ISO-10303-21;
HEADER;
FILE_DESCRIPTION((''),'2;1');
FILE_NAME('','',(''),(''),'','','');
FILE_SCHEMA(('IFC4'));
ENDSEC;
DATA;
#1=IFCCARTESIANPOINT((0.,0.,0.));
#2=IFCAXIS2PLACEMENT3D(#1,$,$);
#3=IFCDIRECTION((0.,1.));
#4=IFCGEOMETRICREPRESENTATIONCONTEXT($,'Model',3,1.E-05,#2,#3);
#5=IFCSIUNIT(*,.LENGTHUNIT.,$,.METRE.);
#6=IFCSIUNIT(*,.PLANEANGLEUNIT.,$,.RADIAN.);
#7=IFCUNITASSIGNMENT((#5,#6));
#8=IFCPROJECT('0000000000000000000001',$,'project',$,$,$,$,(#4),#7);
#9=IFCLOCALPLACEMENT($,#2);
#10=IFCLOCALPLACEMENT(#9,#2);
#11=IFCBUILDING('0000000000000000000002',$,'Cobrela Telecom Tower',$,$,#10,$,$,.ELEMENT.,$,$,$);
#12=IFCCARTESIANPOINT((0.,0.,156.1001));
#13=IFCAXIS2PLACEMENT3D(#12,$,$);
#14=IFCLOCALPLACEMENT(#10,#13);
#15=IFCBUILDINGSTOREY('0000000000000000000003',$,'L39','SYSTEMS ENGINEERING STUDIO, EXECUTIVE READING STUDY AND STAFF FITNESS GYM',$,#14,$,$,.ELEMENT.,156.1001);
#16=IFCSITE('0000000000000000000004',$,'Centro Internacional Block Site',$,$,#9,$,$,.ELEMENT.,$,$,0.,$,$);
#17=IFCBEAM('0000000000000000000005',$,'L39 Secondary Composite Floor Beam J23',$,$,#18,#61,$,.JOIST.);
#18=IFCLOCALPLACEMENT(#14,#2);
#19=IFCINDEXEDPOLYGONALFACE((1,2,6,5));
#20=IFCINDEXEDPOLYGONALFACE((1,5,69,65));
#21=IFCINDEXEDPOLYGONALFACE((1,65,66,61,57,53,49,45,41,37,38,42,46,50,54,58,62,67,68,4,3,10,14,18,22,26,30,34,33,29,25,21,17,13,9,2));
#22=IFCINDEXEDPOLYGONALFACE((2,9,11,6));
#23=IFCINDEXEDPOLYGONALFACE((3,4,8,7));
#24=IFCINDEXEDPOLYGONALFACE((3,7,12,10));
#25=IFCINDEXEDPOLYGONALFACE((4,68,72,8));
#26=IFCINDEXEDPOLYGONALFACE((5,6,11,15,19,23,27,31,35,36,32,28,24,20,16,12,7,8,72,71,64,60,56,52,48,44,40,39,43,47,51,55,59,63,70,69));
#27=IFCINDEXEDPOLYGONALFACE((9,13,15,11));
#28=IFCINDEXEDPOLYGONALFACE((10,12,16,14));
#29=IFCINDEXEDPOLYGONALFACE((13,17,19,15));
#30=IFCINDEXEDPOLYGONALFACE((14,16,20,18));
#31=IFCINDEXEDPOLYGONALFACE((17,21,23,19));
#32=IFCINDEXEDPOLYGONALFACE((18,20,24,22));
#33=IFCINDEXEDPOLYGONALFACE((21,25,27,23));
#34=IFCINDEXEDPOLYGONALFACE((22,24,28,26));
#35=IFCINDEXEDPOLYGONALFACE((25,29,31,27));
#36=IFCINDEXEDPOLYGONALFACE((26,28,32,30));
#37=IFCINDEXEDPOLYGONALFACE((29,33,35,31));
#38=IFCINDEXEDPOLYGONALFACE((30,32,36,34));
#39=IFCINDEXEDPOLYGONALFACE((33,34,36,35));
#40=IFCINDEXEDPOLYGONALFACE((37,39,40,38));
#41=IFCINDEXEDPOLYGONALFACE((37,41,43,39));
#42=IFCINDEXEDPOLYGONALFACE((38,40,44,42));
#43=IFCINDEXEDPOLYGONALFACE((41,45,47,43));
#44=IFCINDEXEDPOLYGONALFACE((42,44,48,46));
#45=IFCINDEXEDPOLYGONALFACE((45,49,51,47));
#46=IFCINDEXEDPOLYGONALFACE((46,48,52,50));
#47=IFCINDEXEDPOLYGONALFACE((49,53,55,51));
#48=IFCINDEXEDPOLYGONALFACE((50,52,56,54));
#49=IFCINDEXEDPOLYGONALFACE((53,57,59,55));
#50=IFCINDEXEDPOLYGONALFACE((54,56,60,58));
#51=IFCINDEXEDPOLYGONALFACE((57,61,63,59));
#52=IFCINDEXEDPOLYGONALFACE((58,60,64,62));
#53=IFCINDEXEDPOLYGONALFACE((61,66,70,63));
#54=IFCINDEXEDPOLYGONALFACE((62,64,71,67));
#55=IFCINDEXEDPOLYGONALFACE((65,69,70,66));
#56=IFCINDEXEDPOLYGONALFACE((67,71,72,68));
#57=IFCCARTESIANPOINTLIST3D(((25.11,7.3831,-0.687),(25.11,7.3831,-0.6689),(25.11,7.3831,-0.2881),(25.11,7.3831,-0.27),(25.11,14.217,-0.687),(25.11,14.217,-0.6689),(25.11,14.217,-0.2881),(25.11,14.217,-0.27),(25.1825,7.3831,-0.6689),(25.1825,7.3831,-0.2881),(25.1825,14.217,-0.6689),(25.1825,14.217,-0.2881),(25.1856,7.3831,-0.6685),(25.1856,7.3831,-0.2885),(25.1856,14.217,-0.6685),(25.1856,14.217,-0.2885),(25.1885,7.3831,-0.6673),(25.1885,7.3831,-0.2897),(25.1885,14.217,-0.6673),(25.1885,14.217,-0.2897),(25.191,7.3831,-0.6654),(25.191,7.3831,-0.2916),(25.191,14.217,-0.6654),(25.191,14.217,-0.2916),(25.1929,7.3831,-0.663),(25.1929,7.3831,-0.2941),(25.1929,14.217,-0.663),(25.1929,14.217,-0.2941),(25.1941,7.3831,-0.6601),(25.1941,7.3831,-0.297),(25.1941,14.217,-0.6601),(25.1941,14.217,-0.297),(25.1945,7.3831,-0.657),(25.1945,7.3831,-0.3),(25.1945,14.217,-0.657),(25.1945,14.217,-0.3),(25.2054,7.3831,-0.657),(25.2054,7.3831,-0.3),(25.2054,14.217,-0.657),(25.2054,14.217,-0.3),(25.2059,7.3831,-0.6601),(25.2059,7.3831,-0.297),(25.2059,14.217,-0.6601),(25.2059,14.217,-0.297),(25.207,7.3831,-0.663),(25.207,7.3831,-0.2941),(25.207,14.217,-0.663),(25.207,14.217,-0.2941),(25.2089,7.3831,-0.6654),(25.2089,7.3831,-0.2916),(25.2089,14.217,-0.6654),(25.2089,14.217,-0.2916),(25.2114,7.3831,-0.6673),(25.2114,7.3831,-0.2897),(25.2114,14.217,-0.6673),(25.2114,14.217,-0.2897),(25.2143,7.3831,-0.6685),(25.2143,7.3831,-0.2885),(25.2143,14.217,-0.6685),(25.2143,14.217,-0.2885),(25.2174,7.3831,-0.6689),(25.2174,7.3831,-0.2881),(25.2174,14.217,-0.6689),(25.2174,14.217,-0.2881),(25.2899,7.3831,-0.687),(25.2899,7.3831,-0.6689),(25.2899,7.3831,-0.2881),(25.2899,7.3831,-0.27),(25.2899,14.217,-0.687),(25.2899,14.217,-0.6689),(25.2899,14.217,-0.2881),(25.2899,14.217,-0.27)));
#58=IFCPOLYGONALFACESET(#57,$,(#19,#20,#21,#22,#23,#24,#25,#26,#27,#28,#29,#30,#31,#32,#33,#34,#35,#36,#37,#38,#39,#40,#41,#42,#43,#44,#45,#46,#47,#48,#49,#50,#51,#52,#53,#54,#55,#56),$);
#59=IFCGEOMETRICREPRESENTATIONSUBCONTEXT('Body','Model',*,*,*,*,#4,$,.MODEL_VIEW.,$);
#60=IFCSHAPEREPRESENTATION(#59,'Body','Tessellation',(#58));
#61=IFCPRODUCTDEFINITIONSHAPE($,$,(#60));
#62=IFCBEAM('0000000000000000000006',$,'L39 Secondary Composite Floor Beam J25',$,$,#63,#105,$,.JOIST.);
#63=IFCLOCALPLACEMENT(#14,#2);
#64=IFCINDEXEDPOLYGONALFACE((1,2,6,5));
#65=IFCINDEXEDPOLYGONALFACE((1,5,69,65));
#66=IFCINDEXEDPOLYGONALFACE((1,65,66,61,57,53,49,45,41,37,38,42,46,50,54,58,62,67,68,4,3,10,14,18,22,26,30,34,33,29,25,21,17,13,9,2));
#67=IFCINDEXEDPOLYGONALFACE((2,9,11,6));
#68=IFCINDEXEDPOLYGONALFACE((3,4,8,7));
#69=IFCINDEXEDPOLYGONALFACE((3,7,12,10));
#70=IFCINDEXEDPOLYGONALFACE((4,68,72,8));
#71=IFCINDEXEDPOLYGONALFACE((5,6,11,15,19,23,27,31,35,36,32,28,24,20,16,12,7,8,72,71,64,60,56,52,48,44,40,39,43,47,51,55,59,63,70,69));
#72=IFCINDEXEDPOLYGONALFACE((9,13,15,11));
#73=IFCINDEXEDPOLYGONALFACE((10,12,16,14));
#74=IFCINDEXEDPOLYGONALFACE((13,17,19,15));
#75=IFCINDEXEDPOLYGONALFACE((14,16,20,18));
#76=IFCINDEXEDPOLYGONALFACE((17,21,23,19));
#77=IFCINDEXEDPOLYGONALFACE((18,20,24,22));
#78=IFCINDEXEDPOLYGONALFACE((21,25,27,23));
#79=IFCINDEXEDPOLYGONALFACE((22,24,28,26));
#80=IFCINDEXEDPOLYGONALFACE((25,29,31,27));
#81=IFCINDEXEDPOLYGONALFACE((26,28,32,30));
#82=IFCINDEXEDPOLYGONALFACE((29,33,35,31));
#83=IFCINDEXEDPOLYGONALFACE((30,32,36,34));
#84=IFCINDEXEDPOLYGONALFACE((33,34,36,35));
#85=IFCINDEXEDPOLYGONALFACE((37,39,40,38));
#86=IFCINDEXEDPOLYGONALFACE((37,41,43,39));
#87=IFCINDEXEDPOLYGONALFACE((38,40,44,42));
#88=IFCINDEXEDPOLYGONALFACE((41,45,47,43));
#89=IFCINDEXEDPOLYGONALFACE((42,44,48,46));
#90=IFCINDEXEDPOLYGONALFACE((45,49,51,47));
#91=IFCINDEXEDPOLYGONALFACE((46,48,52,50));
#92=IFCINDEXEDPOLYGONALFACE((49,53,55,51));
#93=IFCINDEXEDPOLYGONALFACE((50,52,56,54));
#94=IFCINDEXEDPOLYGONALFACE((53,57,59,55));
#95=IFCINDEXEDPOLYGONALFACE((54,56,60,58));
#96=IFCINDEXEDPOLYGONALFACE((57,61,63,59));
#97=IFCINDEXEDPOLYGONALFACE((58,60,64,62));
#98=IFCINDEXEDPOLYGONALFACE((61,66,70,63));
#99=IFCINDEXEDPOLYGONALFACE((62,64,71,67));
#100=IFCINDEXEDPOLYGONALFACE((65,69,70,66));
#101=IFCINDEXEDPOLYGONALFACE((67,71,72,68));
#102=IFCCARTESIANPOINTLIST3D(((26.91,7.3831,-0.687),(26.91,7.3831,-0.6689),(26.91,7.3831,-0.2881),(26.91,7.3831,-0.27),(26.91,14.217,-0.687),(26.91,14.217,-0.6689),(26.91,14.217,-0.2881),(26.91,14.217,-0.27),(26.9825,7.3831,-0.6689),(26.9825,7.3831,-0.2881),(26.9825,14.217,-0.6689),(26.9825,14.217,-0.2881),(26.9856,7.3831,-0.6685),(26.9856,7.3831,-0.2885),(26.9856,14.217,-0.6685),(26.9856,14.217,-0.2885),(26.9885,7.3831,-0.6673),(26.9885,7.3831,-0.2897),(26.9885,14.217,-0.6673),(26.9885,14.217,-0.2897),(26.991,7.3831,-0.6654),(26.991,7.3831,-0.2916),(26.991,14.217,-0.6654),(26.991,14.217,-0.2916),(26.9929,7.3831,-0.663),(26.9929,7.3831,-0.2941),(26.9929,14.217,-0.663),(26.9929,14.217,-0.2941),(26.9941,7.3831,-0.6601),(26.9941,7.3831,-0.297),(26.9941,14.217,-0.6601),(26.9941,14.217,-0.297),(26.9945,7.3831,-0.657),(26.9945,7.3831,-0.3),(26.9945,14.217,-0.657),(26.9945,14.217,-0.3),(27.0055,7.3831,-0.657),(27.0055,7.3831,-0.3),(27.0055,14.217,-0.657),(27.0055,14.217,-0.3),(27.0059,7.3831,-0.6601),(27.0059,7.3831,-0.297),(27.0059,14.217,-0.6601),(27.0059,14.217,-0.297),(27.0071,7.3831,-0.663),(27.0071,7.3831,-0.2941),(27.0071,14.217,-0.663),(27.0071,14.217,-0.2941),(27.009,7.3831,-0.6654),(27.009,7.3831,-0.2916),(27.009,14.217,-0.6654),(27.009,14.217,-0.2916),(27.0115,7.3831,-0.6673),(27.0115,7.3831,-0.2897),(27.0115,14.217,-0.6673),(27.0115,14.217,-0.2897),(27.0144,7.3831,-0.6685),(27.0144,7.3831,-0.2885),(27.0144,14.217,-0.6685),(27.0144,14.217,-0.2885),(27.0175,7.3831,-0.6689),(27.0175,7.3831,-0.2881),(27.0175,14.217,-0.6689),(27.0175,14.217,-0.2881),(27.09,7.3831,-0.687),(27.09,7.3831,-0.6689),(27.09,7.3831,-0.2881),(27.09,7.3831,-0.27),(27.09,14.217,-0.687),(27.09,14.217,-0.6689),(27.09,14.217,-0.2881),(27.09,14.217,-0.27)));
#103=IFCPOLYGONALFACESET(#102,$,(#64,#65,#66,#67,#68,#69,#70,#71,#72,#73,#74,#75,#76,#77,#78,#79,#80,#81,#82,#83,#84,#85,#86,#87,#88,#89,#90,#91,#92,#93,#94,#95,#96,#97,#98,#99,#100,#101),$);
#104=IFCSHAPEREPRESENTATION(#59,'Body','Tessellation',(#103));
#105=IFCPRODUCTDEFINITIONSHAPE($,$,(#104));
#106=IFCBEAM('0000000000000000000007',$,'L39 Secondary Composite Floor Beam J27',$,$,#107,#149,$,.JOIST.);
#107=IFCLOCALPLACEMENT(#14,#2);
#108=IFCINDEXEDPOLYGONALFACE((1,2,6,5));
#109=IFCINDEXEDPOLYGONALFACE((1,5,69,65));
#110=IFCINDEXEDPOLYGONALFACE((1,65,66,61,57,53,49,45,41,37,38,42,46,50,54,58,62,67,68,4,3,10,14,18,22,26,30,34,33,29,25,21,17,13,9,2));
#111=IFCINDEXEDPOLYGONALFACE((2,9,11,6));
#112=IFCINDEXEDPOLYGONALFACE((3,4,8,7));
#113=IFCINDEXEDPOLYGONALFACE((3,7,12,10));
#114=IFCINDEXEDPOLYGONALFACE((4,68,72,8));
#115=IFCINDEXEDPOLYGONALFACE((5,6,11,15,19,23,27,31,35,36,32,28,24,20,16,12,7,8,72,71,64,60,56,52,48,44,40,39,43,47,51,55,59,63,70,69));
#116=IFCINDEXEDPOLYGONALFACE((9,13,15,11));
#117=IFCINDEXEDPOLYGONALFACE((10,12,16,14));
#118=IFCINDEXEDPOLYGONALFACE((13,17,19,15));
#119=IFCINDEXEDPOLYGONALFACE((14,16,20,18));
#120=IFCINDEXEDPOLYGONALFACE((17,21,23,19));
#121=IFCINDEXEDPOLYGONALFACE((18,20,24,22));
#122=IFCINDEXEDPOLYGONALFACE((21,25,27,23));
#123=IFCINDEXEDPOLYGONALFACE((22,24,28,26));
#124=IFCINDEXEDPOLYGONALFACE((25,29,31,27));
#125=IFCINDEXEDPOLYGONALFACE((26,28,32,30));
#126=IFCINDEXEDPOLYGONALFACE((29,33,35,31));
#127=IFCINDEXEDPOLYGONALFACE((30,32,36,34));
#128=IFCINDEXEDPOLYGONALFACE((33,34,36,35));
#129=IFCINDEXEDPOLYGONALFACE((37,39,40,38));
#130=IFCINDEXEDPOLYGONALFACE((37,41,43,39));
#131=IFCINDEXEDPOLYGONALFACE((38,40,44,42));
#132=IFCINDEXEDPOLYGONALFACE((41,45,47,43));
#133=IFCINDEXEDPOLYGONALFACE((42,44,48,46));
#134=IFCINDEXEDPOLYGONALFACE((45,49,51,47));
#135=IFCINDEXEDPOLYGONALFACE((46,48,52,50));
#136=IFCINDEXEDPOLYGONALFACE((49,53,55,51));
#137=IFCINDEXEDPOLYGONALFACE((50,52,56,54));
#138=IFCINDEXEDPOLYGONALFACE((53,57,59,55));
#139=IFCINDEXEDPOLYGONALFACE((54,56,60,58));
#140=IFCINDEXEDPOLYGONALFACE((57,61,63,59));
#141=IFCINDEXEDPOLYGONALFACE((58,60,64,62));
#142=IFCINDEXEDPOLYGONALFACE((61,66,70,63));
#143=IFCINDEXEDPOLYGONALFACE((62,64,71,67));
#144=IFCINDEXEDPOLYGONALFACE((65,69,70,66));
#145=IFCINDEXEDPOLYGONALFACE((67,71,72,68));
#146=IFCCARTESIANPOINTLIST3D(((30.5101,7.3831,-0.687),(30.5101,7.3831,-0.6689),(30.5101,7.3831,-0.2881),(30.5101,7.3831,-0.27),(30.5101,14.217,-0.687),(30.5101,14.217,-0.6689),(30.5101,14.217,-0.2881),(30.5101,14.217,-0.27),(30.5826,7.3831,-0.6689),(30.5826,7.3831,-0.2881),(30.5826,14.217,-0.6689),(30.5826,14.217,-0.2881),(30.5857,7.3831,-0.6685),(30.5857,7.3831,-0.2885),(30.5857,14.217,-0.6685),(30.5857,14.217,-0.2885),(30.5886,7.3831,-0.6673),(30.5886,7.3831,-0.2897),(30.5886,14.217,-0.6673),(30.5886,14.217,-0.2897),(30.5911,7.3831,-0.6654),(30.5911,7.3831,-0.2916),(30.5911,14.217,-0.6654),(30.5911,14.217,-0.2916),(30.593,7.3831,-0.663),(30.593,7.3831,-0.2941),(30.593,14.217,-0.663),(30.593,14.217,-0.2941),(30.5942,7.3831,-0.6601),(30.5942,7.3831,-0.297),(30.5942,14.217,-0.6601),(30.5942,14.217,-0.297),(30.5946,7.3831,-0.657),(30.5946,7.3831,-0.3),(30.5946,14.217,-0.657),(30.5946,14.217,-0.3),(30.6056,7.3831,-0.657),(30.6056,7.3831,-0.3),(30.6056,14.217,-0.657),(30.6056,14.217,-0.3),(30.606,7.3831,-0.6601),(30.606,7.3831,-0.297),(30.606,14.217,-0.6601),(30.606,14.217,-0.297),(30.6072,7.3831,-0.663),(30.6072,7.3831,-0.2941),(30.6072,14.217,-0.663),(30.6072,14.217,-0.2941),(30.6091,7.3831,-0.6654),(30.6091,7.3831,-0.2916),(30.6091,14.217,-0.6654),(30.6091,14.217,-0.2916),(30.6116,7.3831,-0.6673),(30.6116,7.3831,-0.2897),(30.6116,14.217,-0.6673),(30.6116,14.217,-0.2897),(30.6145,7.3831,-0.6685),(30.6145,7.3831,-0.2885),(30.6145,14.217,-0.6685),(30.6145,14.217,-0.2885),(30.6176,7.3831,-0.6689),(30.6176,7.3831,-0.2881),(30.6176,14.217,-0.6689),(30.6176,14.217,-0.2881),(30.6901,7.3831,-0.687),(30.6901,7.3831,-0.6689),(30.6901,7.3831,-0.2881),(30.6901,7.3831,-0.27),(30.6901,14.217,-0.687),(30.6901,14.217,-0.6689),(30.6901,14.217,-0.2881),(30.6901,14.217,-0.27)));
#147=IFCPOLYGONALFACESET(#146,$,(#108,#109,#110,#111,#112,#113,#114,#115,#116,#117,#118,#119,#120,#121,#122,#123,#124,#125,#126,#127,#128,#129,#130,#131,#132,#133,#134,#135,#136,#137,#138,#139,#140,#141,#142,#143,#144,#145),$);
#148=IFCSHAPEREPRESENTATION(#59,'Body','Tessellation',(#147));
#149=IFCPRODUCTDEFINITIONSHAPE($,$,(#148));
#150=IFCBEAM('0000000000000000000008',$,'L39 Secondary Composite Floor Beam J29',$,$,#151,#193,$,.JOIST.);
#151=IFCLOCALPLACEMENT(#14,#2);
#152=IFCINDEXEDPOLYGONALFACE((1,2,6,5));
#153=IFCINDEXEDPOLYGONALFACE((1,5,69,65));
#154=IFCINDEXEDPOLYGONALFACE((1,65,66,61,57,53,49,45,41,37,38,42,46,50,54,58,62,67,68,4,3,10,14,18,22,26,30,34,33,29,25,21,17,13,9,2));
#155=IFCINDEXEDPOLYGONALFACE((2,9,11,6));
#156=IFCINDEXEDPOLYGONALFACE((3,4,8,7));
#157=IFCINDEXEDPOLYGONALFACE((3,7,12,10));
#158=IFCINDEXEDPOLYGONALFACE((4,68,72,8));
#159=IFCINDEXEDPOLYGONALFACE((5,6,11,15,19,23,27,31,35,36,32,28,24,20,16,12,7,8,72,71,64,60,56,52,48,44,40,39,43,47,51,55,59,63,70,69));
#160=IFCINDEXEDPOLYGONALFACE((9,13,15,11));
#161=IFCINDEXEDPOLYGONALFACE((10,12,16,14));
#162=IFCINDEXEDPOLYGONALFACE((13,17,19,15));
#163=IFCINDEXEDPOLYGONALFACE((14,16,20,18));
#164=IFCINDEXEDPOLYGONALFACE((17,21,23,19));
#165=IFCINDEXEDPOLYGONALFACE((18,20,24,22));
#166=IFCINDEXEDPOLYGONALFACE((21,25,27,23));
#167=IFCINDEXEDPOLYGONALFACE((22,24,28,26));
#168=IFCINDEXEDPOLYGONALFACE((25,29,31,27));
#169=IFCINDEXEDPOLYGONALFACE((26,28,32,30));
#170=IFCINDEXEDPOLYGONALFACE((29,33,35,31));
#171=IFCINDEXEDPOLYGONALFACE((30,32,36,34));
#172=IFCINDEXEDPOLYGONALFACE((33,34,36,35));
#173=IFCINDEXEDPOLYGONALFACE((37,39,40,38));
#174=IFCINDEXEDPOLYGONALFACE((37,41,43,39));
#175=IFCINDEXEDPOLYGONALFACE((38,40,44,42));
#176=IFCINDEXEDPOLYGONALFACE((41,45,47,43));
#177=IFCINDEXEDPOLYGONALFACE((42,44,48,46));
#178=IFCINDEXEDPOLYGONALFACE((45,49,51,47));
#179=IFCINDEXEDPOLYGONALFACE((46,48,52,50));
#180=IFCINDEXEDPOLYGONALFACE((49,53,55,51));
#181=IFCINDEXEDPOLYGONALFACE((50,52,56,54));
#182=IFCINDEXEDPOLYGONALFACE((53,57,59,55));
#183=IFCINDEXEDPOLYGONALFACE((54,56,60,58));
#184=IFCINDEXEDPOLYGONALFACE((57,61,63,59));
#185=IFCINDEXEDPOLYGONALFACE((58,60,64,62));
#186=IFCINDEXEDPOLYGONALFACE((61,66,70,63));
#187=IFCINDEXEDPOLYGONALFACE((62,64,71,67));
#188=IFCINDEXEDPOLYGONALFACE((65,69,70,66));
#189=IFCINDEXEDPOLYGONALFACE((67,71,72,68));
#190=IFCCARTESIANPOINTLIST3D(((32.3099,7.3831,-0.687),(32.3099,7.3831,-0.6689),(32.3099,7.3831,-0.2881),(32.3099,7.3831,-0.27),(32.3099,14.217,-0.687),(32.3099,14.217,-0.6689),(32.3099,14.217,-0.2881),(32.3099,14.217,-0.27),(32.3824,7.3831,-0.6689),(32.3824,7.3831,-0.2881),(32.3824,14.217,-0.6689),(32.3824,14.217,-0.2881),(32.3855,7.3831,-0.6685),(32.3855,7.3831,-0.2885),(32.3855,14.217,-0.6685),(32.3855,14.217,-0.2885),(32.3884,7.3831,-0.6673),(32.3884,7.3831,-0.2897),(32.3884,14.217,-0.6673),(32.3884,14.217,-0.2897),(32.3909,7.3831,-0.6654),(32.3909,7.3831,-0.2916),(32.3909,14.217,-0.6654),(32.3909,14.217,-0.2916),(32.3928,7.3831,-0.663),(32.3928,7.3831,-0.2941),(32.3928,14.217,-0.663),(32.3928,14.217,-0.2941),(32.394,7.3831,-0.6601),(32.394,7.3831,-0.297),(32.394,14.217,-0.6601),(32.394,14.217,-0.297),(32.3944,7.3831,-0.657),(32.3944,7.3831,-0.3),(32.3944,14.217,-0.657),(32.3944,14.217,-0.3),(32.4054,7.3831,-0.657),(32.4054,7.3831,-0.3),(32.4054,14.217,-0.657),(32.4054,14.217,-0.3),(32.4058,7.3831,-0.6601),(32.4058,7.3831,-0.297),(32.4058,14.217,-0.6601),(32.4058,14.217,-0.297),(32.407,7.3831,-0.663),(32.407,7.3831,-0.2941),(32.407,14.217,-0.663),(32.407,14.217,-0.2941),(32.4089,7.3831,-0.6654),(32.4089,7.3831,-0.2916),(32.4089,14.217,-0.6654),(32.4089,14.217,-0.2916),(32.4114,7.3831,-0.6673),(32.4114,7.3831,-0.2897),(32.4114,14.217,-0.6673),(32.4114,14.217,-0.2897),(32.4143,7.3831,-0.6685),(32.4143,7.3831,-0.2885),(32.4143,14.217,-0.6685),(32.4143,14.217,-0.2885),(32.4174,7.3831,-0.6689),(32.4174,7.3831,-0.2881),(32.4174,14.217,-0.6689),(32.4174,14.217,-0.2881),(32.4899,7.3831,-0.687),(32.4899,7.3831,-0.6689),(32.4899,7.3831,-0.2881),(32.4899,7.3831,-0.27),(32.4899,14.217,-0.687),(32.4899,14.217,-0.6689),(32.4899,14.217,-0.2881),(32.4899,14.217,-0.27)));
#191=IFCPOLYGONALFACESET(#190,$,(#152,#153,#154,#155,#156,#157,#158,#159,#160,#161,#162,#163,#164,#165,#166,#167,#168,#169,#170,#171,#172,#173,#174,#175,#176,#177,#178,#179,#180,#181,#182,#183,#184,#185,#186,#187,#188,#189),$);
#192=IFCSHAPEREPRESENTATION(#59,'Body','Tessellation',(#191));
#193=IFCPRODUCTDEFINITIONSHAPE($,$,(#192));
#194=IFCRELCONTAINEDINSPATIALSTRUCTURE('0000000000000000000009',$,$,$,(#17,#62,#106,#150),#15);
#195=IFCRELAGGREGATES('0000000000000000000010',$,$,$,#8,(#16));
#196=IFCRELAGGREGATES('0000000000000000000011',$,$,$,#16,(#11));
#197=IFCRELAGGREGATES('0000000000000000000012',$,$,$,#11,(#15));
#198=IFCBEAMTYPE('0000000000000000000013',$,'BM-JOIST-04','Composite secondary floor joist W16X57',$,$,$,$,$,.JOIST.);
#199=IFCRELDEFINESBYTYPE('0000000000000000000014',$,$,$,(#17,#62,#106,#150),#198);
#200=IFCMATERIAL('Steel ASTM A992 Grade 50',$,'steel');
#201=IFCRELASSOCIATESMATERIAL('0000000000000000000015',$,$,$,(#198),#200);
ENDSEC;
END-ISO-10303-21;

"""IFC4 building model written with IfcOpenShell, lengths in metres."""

from ifc_helpers import new_model, si_unit, direction, frame, origin, origin_2d, place, context, subcontext, project, spatial, i_section, extrude, material, material_profile, profile_set, type_object, element, save


model = new_model("IFC4")

# Units and contexts
model_context = context("Model", 3, precision=1e-05, world=origin(), true_north=direction((0.0, 1.0)))
body_context = subcontext(model_context, "Body", "Model", "MODEL_VIEW")
ifc_project = project(units=[si_unit("LENGTHUNIT", "METRE"), si_unit("PLANEANGLEUNIT", "RADIAN")], contexts=[model_context])

# Site, building, storey
site_placement = place(None, origin())
site = spatial("IfcSite", under=ifc_project, at=site_placement, Name="Centro Internacional Block Site", CompositionType="ELEMENT", RefElevation=0.0)
building_placement = place(site_placement, origin())
building = spatial("IfcBuilding", under=site, at=building_placement, Name="Cobrela Telecom Tower", CompositionType="ELEMENT")
storey_placement = place(building_placement, frame((0.0, 0.0, 156.1001)))
storey = spatial("IfcBuildingStorey", under=building, at=storey_placement, Name="L39", Description="SYSTEMS ENGINEERING STUDIO, EXECUTIVE READING STUDY AND STAFF FITNESS GYM", CompositionType="ELEMENT", Elevation=156.1001)

# Shared definitions
ifc_material_1 = material(Name="Steel ASTM A992 Grade 50", Category="steel")

# Beams
ifc_material_profile_1 = material_profile(ifc_material_1, i_section(OverallWidth=0.1799, OverallDepth=0.417, WebThickness=0.011, FlangeThickness=0.0181, FilletRadius=0.012, at=origin_2d()), Name="W16X57")
ifc_profile_set_1 = profile_set([ifc_material_profile_1], Name="Steel ASTM A992 Grade 50")
beam_type_1 = type_object("IfcBeamType", Name="BM-JOIST-04", Description="Composite secondary floor joist W16X57", PredefinedType="JOIST", material=ifc_profile_set_1)
for number, where, z_axis, x_axis, name in (
    (1, (25.2, 7.3831, -0.4785), (0.0, 1.0, 0.0), (-1.0, 0.0, 0.0), "L39 Secondary Composite Floor Beam J23"),
    (2, (27.0, 7.3831, -0.4785), (0.0, 1.0, 0.0), (-1.0, 0.0, 0.0), "L39 Secondary Composite Floor Beam J25"),
    (3, (30.6001, 7.3831, -0.4785), (0.0, 1.0, 0.0), (-1.0, 0.0, 0.0), "L39 Secondary Composite Floor Beam J27"),
    (4, (32.3999, 7.3831, -0.4785), (0.0, 1.0, 0.0), (-1.0, 0.0, 0.0), "L39 Secondary Composite Floor Beam J29"),
):
    element("IfcBeam", number, at=place(storey_placement, frame(where, z_axis=z_axis, x_axis=x_axis)), inside=storey, type_object=beam_type_1, Name=name, PredefinedType="JOIST", context=body_context, shape_type="SweptSolid", body=[
        extrude(i_section(OverallWidth=0.1799, OverallDepth=0.417, WebThickness=0.011, FlangeThickness=0.0181, FilletRadius=0.012, at=origin_2d()), origin(), (0.0, 0.0, 1.0), 6.834),
    ])

save(model, "model.ifc")
